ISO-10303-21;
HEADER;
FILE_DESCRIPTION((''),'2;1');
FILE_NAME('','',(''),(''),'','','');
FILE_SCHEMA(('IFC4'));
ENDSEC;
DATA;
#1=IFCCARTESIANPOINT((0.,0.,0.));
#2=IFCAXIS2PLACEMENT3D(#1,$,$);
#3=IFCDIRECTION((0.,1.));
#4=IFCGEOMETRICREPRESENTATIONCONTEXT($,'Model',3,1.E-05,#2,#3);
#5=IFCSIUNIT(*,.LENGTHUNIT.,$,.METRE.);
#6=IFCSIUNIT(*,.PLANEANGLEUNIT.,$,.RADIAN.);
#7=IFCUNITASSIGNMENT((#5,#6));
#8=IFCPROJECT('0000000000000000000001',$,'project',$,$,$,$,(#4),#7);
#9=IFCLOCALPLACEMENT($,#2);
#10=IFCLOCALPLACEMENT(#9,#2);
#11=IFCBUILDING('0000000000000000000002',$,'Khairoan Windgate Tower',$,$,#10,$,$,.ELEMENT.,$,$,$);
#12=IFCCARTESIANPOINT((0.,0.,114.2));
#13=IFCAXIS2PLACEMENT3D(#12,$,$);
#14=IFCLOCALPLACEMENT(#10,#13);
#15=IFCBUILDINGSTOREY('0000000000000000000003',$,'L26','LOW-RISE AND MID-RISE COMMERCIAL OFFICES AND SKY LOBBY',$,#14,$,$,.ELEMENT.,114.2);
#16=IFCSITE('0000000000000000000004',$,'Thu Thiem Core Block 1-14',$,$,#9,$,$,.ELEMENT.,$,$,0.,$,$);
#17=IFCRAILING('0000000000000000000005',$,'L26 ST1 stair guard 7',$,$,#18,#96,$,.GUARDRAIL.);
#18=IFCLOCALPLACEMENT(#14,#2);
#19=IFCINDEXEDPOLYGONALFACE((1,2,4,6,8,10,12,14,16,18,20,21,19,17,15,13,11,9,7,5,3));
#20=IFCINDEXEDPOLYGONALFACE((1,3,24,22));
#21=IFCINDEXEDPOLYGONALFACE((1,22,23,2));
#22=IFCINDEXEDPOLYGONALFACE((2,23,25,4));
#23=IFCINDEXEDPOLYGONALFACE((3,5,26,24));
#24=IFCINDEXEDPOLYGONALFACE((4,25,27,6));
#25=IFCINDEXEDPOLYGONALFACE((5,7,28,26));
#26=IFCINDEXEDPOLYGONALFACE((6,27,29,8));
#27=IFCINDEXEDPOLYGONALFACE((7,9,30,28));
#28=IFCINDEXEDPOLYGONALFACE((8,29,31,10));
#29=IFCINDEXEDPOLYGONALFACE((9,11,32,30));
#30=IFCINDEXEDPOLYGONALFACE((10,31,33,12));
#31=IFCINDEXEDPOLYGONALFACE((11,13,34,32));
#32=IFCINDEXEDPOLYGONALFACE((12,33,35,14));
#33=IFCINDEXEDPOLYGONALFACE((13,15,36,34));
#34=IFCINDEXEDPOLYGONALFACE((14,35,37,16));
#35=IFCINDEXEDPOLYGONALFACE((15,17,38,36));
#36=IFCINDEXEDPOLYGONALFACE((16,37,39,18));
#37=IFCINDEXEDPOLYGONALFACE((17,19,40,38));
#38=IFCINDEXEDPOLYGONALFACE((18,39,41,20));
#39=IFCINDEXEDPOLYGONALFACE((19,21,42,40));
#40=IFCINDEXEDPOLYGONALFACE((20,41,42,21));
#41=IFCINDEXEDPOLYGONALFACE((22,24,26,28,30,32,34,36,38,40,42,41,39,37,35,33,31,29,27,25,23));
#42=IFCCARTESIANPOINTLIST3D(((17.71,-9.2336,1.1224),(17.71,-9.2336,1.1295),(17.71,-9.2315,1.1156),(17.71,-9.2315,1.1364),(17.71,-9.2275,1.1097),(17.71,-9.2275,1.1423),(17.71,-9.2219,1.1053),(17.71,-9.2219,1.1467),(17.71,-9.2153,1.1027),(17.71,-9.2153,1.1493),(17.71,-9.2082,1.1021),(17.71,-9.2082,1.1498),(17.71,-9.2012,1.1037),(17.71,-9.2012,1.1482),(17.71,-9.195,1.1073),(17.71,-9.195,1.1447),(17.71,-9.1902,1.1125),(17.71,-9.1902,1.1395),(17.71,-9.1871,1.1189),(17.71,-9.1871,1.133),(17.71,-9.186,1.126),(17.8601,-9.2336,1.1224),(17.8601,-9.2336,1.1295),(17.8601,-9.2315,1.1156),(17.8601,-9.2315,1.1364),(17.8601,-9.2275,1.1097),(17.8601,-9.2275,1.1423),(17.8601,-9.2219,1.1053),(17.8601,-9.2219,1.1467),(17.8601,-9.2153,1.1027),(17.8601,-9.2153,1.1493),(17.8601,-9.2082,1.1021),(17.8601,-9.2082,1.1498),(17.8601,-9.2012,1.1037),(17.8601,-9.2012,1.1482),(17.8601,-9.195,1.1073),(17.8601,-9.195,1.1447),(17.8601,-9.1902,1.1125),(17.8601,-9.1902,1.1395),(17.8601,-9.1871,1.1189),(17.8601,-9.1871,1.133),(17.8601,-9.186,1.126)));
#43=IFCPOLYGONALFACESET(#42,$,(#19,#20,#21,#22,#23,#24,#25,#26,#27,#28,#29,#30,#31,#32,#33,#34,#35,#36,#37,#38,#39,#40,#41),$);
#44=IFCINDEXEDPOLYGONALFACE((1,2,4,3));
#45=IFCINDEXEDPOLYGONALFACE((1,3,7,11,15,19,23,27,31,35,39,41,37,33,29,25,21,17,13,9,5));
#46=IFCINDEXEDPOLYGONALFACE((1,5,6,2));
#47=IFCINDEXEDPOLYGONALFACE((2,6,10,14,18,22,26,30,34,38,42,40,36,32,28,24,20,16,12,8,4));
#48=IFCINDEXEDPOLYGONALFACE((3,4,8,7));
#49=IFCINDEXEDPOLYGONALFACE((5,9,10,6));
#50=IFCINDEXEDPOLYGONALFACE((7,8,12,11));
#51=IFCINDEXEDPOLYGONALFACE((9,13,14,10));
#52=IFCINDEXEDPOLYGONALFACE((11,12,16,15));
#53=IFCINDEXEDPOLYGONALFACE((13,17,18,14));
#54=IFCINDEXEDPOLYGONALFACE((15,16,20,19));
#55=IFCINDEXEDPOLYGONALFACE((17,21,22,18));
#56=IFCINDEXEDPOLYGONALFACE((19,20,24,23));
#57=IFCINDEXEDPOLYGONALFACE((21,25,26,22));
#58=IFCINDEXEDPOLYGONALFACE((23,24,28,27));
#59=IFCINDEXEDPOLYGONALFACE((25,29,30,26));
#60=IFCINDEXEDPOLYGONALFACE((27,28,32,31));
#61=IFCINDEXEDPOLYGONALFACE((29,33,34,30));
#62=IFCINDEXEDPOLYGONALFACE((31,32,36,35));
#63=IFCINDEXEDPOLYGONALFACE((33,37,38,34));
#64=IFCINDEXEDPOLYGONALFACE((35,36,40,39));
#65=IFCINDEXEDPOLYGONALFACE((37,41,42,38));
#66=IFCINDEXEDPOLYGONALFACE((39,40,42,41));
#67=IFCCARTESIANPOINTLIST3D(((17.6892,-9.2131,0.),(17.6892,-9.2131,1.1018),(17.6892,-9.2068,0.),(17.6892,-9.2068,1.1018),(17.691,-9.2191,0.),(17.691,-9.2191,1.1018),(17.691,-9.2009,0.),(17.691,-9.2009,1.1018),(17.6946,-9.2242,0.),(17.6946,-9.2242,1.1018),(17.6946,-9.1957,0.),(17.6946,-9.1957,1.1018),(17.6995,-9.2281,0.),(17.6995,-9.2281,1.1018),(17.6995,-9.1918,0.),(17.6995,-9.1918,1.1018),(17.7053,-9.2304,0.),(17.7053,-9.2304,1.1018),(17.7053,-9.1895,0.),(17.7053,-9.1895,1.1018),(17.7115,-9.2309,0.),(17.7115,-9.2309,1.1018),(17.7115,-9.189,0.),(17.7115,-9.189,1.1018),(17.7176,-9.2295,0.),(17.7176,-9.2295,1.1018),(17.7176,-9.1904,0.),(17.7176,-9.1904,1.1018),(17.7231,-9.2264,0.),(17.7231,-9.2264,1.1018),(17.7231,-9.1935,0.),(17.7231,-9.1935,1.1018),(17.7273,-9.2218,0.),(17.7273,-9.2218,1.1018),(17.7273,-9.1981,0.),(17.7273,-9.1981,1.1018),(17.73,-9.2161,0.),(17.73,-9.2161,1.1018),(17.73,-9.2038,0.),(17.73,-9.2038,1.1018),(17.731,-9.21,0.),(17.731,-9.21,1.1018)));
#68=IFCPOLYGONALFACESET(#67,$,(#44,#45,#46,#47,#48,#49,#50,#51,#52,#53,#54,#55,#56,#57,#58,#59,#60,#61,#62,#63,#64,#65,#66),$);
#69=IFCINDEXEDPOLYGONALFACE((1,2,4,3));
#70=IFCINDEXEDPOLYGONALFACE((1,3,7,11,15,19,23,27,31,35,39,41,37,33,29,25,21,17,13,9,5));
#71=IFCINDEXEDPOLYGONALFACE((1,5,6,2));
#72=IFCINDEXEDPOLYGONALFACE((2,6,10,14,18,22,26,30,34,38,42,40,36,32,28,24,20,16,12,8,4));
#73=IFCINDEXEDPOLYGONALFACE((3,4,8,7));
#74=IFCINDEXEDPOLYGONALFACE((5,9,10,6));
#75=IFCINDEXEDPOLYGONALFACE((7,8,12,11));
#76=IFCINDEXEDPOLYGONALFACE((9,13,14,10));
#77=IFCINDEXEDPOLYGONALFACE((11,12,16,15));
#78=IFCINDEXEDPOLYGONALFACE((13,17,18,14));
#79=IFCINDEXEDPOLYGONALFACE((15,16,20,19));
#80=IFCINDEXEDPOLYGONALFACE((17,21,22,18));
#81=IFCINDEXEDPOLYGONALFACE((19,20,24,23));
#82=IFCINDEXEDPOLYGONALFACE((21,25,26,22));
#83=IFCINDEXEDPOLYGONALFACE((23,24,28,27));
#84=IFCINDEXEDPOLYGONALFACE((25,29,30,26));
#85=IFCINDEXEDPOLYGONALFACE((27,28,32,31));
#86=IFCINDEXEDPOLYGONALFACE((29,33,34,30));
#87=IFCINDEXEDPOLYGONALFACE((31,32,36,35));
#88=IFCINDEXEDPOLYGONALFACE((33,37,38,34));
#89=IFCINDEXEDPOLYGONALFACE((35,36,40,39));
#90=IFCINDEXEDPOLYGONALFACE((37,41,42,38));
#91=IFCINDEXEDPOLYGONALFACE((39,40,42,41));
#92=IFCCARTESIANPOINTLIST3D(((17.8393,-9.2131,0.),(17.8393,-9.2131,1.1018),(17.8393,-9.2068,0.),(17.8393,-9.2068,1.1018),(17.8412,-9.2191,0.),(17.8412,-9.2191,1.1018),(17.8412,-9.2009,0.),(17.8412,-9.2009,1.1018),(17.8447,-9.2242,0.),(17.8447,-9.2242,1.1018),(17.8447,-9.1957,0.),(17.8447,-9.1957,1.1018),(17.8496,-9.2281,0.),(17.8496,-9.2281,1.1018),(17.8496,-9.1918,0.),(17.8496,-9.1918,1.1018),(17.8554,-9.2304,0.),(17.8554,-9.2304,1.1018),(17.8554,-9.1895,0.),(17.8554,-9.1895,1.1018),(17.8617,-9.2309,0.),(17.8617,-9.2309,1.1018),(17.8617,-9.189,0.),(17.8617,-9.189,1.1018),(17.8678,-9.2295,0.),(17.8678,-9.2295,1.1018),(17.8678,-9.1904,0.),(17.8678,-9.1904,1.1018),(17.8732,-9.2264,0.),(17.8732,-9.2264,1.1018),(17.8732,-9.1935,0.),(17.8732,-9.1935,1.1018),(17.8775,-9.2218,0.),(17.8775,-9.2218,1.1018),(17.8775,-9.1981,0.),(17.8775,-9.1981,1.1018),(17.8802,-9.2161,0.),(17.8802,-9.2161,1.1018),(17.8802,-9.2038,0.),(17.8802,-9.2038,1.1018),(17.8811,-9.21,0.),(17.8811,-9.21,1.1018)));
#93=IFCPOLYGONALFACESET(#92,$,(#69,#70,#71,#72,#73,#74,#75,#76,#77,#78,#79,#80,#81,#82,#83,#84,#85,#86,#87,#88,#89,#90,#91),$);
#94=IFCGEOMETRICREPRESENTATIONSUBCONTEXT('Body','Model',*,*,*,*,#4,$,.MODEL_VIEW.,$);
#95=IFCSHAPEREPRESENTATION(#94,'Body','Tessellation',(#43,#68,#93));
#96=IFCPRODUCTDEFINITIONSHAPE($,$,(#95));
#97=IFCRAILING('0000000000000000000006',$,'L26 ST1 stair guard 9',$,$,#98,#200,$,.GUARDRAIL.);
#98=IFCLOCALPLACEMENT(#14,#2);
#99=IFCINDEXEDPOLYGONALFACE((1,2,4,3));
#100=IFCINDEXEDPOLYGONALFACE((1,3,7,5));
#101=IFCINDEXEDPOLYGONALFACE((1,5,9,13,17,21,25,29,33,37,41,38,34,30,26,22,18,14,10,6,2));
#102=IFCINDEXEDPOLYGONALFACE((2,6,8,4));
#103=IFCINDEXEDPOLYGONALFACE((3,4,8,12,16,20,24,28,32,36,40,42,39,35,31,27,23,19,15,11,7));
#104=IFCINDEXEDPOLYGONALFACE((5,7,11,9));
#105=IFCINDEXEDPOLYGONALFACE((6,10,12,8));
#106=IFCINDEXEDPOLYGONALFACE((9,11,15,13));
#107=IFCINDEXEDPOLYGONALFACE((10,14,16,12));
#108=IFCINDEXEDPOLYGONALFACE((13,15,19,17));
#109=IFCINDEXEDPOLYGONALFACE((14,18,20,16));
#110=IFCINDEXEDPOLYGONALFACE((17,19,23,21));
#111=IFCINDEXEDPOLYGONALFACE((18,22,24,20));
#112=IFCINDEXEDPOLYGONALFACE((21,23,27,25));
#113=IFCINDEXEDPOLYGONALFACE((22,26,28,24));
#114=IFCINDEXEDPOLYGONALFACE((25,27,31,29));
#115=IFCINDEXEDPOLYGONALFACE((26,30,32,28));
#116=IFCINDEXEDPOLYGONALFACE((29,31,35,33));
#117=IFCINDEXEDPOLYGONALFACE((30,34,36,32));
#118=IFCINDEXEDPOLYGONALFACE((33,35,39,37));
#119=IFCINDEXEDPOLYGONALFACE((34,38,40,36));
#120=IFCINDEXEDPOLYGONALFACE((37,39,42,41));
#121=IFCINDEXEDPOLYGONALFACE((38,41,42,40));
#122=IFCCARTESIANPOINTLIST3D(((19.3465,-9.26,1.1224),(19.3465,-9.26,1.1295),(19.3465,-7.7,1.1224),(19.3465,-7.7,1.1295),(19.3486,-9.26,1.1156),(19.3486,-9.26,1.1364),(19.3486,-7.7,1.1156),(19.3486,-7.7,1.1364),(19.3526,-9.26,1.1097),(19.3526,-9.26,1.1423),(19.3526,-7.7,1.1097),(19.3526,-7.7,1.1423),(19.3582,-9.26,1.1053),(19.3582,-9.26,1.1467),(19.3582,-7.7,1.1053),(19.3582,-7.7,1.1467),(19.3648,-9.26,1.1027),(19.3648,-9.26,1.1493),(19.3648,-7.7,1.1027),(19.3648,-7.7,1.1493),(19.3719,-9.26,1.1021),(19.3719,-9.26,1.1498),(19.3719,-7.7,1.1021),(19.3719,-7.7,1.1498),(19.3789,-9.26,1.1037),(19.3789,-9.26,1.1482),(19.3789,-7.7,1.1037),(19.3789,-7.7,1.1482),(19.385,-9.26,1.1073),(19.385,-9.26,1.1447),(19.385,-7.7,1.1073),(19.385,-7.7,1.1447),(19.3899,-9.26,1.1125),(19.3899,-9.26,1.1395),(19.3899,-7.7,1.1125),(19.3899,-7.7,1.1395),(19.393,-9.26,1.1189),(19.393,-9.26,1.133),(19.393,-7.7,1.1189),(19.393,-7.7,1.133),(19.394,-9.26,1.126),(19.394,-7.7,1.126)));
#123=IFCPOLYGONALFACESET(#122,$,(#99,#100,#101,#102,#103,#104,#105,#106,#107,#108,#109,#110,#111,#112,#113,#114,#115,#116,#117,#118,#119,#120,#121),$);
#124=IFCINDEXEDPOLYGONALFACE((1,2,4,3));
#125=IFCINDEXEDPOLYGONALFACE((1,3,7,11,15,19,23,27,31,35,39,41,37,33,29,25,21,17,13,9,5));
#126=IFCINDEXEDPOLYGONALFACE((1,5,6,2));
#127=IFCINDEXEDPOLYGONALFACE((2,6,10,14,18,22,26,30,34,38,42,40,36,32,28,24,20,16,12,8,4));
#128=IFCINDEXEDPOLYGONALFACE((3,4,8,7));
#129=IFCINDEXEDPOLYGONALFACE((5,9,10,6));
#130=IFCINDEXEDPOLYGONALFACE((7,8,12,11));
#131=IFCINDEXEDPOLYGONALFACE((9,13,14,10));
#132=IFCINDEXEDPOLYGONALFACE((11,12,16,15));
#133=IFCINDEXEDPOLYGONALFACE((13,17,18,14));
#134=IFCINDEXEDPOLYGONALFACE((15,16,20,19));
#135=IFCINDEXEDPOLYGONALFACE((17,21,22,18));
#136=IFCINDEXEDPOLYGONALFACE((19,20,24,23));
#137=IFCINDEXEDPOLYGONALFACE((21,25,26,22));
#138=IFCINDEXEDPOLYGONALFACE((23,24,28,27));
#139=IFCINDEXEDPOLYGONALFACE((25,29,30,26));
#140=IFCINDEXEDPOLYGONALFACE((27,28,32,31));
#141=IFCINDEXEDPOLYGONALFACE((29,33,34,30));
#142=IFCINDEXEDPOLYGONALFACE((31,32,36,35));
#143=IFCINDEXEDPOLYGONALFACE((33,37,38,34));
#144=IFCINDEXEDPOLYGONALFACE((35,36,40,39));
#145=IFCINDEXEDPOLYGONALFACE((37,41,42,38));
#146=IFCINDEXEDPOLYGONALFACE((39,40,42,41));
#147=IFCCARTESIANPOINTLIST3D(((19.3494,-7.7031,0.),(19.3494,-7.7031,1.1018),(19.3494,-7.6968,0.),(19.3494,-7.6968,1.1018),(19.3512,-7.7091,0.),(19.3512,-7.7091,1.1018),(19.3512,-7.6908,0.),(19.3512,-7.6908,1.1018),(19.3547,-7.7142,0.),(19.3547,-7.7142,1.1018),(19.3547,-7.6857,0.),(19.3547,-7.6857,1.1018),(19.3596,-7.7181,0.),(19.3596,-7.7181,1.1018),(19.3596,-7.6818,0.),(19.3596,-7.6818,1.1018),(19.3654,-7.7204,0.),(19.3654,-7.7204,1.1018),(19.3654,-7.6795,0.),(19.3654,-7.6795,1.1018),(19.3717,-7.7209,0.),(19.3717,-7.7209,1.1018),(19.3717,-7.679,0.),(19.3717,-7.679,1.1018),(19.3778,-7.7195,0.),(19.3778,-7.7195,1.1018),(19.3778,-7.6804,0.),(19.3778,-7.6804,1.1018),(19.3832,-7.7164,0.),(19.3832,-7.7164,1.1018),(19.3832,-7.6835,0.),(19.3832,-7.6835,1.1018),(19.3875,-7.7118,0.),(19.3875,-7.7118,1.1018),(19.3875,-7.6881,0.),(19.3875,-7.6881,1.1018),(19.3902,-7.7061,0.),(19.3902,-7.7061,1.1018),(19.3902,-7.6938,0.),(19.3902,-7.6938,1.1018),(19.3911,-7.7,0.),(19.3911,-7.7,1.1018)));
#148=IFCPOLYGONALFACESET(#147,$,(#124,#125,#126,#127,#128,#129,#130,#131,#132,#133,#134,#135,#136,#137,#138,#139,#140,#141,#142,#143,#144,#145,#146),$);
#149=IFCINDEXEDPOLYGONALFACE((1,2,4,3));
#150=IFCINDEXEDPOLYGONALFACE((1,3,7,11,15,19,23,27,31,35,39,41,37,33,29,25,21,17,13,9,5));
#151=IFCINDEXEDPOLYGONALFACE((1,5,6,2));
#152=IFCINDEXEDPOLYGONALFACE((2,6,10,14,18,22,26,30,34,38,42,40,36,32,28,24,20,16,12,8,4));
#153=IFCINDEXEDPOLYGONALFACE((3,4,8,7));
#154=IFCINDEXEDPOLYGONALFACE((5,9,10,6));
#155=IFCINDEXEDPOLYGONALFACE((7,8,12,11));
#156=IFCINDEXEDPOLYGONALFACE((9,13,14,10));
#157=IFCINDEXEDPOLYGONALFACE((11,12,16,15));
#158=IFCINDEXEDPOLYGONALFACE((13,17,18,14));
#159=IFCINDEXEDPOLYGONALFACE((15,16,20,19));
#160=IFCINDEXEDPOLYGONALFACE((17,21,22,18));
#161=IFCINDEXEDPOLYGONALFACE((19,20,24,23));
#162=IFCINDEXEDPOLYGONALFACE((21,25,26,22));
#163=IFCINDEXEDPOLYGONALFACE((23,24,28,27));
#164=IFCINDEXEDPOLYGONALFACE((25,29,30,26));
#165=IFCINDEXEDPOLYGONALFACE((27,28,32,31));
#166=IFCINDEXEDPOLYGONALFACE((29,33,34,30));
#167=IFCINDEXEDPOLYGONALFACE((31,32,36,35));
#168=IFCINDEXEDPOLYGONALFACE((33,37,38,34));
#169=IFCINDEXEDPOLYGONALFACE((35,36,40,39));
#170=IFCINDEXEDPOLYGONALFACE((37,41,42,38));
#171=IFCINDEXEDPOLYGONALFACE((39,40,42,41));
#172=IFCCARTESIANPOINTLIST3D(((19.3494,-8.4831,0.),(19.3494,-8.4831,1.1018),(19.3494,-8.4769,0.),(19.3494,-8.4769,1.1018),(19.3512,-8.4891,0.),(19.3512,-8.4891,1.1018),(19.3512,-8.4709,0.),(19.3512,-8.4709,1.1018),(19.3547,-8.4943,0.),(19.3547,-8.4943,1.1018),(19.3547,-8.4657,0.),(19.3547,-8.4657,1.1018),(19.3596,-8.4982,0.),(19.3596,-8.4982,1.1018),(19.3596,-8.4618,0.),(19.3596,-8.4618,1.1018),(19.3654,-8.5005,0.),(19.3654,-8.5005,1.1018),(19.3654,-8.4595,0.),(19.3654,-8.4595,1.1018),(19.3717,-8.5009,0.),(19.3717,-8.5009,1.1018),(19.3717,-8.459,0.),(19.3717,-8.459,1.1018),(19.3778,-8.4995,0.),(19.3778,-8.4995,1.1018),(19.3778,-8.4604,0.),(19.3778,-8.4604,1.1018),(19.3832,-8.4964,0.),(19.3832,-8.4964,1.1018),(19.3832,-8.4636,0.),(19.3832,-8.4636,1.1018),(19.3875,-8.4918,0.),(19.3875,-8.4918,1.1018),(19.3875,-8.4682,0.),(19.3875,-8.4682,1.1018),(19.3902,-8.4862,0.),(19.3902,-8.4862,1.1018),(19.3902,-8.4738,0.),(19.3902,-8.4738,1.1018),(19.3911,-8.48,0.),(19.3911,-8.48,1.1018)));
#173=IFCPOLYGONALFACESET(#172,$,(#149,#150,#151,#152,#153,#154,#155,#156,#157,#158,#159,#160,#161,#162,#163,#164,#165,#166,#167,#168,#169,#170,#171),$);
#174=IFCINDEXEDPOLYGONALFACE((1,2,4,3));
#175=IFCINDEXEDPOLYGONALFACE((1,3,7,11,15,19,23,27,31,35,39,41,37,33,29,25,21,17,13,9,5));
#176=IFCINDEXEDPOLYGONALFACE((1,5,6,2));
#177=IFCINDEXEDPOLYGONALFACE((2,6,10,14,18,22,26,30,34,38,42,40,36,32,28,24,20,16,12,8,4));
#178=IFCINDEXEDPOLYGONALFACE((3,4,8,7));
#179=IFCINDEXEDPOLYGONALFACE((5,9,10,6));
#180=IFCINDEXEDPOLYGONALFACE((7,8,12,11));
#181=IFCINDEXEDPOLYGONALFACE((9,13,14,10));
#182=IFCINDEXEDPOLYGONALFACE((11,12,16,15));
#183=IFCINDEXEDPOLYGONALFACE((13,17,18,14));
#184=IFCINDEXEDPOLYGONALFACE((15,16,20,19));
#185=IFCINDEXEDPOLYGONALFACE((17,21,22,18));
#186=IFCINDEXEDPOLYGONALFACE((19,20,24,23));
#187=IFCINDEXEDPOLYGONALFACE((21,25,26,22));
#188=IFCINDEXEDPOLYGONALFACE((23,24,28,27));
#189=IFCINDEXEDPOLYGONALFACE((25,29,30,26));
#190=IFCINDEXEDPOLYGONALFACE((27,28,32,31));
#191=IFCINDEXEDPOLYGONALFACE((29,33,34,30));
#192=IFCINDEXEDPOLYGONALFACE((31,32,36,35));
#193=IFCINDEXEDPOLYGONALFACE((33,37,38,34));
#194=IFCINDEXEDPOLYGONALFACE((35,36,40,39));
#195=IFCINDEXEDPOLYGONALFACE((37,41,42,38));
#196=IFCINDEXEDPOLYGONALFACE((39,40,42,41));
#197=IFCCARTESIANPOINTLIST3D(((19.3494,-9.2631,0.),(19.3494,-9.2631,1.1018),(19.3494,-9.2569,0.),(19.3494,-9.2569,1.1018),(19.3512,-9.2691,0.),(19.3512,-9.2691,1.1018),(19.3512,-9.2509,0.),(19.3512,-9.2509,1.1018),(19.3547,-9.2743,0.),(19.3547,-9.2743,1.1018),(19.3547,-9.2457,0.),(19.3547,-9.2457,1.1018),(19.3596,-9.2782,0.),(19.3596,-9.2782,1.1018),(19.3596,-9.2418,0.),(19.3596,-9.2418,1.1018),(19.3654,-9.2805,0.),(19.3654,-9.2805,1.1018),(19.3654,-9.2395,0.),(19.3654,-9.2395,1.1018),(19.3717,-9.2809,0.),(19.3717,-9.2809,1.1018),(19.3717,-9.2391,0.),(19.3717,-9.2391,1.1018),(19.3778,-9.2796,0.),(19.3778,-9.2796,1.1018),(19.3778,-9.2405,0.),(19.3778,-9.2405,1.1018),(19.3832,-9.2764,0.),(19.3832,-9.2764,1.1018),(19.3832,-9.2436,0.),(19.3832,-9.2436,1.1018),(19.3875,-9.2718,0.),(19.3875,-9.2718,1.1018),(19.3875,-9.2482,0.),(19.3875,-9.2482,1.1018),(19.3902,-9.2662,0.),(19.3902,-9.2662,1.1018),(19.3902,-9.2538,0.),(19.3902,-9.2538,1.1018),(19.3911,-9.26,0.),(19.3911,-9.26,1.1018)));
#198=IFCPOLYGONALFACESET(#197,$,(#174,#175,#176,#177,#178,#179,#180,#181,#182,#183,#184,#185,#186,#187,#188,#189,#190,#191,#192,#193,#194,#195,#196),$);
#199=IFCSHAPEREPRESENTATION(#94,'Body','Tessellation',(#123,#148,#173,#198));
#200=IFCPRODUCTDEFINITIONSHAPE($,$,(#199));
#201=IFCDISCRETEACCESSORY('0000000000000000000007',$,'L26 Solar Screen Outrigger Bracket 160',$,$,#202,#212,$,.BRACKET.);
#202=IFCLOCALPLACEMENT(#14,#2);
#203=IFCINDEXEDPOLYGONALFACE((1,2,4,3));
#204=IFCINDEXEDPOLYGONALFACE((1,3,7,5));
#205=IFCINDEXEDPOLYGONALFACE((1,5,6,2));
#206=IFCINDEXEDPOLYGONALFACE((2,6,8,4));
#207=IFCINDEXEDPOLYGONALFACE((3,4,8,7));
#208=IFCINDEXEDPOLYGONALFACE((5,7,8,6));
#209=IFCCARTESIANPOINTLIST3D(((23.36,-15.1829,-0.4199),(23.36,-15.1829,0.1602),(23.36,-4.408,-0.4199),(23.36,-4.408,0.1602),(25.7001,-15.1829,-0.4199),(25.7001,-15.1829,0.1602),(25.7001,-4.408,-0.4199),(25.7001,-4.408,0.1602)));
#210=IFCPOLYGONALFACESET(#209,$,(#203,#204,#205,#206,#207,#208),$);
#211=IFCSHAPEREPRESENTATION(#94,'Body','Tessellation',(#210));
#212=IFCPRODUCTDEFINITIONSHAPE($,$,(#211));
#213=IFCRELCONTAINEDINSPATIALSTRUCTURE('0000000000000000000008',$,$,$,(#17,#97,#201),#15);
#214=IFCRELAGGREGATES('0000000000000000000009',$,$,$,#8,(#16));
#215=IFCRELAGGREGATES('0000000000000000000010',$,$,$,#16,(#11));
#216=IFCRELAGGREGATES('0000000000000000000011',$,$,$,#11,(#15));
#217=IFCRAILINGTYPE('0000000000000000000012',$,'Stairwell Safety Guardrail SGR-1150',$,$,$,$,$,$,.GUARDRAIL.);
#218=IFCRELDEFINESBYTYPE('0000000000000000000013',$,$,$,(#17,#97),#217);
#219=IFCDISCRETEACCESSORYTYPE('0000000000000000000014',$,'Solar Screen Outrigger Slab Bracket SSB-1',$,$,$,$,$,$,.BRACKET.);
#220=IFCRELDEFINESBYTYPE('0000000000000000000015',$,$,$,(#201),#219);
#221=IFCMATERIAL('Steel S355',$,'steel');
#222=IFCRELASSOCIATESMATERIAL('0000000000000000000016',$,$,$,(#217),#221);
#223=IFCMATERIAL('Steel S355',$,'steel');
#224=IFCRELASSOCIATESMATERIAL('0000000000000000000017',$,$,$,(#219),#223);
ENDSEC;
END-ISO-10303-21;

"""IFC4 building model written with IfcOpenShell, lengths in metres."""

from ifc_helpers import new_model, si_unit, direction, frame, origin, origin_2d, place, context, subcontext, project, spatial, rectangle, circle, extrude, material, type_object, element, save


model = new_model("IFC4")

# Units and contexts
model_context = context("Model", 3, precision=1e-05, world=origin(), true_north=direction((0.0, 1.0)))
body_context = subcontext(model_context, "Body", "Model", "MODEL_VIEW")
ifc_project = project(units=[si_unit("LENGTHUNIT", "METRE"), si_unit("PLANEANGLEUNIT", "RADIAN")], contexts=[model_context])

# Site, building, storey
site_placement = place(None, origin())
site = spatial("IfcSite", under=ifc_project, at=site_placement, Name="Thu Thiem Core Block 1-14", CompositionType="ELEMENT", RefElevation=0.0)
building_placement = place(site_placement, origin())
building = spatial("IfcBuilding", under=site, at=building_placement, Name="Khairoan Windgate Tower", CompositionType="ELEMENT")
storey_placement = place(building_placement, frame((0.0, 0.0, 114.2)))
storey = spatial("IfcBuildingStorey", under=building, at=storey_placement, Name="L26", Description="LOW-RISE AND MID-RISE COMMERCIAL OFFICES AND SKY LOBBY", CompositionType="ELEMENT", Elevation=114.2)

# Railings
ifc_material_1 = material(Name="Steel S355", Category="steel")
railing_type_1 = type_object("IfcRailingType", Name="Stairwell Safety Guardrail SGR-1150", PredefinedType="GUARDRAIL", material=ifc_material_1)
railing_1_placement = place(storey_placement, frame((17.71, -9.21, 0.0)))
element("IfcRailing", 1, at=railing_1_placement, inside=storey, type_object=railing_type_1, Name="L26 ST1 stair guard 7", PredefinedType="GUARDRAIL", context=body_context, shape_type="SweptSolid", body=[
    extrude(circle(Radius=0.0239, at=origin_2d()), frame((0.0, 0.0, 1.126), z_axis=(1.0, 0.0, 0.0), x_axis=(0.0, 1.0, 0.0)), (0.0, 0.0, 1.0), 0.1501),
    extrude(circle(Radius=0.021, at=origin_2d()), origin(), (0.0, 0.0, 1.0), 1.1018),
    extrude(circle(Radius=0.021, at=origin_2d()), frame((0.1501, 0.0, 0.0)), (0.0, 0.0, 1.0), 1.1018),
])
railing_2_placement = place(storey_placement, frame((19.3701, -7.7, 0.0)))
element("IfcRailing", 2, at=railing_2_placement, inside=storey, type_object=railing_type_1, Name="L26 ST1 stair guard 9", PredefinedType="GUARDRAIL", context=body_context, shape_type="SweptSolid", body=[
    extrude(circle(Radius=0.0239, at=origin_2d()), frame((0.0, 0.0, 1.126), z_axis=(0.0, -1.0, 0.0), x_axis=(1.0, 0.0, 0.0)), (0.0, 0.0, 1.0), 1.5601),
    extrude(circle(Radius=0.021, at=origin_2d()), origin(), (0.0, 0.0, 1.0), 1.1018),
    extrude(circle(Radius=0.021, at=origin_2d()), frame((0.0, -0.78, 0.0)), (0.0, 0.0, 1.0), 1.1018),
    extrude(circle(Radius=0.021, at=origin_2d()), frame((0.0, -1.5601, 0.0)), (0.0, 0.0, 1.0), 1.1018),
])

# Discrete accessory
ifc_material_2 = material(Name="Steel S355", Category="steel")
discrete_accessory_type = type_object("IfcDiscreteAccessoryType", Name="Solar Screen Outrigger Slab Bracket SSB-1", PredefinedType="BRACKET", material=ifc_material_2)
discrete_accessory_placement = place(storey_placement, frame((24.53, -9.7954, -0.4199), z_axis=(0.0, 0.0, 1.0), x_axis=(0.0, -1.0, 0.0)))
element("IfcDiscreteAccessory", 3, at=discrete_accessory_placement, inside=storey, type_object=discrete_accessory_type, Name="L26 Solar Screen Outrigger Bracket 160", PredefinedType="BRACKET", context=body_context, shape_type="SweptSolid", body=[
    extrude(rectangle(XDim=10.7749, YDim=2.3401, at=origin_2d()), origin(), (0.0, 0.0, 1.0), 0.5801),
])

save(model, "model.ifc")
